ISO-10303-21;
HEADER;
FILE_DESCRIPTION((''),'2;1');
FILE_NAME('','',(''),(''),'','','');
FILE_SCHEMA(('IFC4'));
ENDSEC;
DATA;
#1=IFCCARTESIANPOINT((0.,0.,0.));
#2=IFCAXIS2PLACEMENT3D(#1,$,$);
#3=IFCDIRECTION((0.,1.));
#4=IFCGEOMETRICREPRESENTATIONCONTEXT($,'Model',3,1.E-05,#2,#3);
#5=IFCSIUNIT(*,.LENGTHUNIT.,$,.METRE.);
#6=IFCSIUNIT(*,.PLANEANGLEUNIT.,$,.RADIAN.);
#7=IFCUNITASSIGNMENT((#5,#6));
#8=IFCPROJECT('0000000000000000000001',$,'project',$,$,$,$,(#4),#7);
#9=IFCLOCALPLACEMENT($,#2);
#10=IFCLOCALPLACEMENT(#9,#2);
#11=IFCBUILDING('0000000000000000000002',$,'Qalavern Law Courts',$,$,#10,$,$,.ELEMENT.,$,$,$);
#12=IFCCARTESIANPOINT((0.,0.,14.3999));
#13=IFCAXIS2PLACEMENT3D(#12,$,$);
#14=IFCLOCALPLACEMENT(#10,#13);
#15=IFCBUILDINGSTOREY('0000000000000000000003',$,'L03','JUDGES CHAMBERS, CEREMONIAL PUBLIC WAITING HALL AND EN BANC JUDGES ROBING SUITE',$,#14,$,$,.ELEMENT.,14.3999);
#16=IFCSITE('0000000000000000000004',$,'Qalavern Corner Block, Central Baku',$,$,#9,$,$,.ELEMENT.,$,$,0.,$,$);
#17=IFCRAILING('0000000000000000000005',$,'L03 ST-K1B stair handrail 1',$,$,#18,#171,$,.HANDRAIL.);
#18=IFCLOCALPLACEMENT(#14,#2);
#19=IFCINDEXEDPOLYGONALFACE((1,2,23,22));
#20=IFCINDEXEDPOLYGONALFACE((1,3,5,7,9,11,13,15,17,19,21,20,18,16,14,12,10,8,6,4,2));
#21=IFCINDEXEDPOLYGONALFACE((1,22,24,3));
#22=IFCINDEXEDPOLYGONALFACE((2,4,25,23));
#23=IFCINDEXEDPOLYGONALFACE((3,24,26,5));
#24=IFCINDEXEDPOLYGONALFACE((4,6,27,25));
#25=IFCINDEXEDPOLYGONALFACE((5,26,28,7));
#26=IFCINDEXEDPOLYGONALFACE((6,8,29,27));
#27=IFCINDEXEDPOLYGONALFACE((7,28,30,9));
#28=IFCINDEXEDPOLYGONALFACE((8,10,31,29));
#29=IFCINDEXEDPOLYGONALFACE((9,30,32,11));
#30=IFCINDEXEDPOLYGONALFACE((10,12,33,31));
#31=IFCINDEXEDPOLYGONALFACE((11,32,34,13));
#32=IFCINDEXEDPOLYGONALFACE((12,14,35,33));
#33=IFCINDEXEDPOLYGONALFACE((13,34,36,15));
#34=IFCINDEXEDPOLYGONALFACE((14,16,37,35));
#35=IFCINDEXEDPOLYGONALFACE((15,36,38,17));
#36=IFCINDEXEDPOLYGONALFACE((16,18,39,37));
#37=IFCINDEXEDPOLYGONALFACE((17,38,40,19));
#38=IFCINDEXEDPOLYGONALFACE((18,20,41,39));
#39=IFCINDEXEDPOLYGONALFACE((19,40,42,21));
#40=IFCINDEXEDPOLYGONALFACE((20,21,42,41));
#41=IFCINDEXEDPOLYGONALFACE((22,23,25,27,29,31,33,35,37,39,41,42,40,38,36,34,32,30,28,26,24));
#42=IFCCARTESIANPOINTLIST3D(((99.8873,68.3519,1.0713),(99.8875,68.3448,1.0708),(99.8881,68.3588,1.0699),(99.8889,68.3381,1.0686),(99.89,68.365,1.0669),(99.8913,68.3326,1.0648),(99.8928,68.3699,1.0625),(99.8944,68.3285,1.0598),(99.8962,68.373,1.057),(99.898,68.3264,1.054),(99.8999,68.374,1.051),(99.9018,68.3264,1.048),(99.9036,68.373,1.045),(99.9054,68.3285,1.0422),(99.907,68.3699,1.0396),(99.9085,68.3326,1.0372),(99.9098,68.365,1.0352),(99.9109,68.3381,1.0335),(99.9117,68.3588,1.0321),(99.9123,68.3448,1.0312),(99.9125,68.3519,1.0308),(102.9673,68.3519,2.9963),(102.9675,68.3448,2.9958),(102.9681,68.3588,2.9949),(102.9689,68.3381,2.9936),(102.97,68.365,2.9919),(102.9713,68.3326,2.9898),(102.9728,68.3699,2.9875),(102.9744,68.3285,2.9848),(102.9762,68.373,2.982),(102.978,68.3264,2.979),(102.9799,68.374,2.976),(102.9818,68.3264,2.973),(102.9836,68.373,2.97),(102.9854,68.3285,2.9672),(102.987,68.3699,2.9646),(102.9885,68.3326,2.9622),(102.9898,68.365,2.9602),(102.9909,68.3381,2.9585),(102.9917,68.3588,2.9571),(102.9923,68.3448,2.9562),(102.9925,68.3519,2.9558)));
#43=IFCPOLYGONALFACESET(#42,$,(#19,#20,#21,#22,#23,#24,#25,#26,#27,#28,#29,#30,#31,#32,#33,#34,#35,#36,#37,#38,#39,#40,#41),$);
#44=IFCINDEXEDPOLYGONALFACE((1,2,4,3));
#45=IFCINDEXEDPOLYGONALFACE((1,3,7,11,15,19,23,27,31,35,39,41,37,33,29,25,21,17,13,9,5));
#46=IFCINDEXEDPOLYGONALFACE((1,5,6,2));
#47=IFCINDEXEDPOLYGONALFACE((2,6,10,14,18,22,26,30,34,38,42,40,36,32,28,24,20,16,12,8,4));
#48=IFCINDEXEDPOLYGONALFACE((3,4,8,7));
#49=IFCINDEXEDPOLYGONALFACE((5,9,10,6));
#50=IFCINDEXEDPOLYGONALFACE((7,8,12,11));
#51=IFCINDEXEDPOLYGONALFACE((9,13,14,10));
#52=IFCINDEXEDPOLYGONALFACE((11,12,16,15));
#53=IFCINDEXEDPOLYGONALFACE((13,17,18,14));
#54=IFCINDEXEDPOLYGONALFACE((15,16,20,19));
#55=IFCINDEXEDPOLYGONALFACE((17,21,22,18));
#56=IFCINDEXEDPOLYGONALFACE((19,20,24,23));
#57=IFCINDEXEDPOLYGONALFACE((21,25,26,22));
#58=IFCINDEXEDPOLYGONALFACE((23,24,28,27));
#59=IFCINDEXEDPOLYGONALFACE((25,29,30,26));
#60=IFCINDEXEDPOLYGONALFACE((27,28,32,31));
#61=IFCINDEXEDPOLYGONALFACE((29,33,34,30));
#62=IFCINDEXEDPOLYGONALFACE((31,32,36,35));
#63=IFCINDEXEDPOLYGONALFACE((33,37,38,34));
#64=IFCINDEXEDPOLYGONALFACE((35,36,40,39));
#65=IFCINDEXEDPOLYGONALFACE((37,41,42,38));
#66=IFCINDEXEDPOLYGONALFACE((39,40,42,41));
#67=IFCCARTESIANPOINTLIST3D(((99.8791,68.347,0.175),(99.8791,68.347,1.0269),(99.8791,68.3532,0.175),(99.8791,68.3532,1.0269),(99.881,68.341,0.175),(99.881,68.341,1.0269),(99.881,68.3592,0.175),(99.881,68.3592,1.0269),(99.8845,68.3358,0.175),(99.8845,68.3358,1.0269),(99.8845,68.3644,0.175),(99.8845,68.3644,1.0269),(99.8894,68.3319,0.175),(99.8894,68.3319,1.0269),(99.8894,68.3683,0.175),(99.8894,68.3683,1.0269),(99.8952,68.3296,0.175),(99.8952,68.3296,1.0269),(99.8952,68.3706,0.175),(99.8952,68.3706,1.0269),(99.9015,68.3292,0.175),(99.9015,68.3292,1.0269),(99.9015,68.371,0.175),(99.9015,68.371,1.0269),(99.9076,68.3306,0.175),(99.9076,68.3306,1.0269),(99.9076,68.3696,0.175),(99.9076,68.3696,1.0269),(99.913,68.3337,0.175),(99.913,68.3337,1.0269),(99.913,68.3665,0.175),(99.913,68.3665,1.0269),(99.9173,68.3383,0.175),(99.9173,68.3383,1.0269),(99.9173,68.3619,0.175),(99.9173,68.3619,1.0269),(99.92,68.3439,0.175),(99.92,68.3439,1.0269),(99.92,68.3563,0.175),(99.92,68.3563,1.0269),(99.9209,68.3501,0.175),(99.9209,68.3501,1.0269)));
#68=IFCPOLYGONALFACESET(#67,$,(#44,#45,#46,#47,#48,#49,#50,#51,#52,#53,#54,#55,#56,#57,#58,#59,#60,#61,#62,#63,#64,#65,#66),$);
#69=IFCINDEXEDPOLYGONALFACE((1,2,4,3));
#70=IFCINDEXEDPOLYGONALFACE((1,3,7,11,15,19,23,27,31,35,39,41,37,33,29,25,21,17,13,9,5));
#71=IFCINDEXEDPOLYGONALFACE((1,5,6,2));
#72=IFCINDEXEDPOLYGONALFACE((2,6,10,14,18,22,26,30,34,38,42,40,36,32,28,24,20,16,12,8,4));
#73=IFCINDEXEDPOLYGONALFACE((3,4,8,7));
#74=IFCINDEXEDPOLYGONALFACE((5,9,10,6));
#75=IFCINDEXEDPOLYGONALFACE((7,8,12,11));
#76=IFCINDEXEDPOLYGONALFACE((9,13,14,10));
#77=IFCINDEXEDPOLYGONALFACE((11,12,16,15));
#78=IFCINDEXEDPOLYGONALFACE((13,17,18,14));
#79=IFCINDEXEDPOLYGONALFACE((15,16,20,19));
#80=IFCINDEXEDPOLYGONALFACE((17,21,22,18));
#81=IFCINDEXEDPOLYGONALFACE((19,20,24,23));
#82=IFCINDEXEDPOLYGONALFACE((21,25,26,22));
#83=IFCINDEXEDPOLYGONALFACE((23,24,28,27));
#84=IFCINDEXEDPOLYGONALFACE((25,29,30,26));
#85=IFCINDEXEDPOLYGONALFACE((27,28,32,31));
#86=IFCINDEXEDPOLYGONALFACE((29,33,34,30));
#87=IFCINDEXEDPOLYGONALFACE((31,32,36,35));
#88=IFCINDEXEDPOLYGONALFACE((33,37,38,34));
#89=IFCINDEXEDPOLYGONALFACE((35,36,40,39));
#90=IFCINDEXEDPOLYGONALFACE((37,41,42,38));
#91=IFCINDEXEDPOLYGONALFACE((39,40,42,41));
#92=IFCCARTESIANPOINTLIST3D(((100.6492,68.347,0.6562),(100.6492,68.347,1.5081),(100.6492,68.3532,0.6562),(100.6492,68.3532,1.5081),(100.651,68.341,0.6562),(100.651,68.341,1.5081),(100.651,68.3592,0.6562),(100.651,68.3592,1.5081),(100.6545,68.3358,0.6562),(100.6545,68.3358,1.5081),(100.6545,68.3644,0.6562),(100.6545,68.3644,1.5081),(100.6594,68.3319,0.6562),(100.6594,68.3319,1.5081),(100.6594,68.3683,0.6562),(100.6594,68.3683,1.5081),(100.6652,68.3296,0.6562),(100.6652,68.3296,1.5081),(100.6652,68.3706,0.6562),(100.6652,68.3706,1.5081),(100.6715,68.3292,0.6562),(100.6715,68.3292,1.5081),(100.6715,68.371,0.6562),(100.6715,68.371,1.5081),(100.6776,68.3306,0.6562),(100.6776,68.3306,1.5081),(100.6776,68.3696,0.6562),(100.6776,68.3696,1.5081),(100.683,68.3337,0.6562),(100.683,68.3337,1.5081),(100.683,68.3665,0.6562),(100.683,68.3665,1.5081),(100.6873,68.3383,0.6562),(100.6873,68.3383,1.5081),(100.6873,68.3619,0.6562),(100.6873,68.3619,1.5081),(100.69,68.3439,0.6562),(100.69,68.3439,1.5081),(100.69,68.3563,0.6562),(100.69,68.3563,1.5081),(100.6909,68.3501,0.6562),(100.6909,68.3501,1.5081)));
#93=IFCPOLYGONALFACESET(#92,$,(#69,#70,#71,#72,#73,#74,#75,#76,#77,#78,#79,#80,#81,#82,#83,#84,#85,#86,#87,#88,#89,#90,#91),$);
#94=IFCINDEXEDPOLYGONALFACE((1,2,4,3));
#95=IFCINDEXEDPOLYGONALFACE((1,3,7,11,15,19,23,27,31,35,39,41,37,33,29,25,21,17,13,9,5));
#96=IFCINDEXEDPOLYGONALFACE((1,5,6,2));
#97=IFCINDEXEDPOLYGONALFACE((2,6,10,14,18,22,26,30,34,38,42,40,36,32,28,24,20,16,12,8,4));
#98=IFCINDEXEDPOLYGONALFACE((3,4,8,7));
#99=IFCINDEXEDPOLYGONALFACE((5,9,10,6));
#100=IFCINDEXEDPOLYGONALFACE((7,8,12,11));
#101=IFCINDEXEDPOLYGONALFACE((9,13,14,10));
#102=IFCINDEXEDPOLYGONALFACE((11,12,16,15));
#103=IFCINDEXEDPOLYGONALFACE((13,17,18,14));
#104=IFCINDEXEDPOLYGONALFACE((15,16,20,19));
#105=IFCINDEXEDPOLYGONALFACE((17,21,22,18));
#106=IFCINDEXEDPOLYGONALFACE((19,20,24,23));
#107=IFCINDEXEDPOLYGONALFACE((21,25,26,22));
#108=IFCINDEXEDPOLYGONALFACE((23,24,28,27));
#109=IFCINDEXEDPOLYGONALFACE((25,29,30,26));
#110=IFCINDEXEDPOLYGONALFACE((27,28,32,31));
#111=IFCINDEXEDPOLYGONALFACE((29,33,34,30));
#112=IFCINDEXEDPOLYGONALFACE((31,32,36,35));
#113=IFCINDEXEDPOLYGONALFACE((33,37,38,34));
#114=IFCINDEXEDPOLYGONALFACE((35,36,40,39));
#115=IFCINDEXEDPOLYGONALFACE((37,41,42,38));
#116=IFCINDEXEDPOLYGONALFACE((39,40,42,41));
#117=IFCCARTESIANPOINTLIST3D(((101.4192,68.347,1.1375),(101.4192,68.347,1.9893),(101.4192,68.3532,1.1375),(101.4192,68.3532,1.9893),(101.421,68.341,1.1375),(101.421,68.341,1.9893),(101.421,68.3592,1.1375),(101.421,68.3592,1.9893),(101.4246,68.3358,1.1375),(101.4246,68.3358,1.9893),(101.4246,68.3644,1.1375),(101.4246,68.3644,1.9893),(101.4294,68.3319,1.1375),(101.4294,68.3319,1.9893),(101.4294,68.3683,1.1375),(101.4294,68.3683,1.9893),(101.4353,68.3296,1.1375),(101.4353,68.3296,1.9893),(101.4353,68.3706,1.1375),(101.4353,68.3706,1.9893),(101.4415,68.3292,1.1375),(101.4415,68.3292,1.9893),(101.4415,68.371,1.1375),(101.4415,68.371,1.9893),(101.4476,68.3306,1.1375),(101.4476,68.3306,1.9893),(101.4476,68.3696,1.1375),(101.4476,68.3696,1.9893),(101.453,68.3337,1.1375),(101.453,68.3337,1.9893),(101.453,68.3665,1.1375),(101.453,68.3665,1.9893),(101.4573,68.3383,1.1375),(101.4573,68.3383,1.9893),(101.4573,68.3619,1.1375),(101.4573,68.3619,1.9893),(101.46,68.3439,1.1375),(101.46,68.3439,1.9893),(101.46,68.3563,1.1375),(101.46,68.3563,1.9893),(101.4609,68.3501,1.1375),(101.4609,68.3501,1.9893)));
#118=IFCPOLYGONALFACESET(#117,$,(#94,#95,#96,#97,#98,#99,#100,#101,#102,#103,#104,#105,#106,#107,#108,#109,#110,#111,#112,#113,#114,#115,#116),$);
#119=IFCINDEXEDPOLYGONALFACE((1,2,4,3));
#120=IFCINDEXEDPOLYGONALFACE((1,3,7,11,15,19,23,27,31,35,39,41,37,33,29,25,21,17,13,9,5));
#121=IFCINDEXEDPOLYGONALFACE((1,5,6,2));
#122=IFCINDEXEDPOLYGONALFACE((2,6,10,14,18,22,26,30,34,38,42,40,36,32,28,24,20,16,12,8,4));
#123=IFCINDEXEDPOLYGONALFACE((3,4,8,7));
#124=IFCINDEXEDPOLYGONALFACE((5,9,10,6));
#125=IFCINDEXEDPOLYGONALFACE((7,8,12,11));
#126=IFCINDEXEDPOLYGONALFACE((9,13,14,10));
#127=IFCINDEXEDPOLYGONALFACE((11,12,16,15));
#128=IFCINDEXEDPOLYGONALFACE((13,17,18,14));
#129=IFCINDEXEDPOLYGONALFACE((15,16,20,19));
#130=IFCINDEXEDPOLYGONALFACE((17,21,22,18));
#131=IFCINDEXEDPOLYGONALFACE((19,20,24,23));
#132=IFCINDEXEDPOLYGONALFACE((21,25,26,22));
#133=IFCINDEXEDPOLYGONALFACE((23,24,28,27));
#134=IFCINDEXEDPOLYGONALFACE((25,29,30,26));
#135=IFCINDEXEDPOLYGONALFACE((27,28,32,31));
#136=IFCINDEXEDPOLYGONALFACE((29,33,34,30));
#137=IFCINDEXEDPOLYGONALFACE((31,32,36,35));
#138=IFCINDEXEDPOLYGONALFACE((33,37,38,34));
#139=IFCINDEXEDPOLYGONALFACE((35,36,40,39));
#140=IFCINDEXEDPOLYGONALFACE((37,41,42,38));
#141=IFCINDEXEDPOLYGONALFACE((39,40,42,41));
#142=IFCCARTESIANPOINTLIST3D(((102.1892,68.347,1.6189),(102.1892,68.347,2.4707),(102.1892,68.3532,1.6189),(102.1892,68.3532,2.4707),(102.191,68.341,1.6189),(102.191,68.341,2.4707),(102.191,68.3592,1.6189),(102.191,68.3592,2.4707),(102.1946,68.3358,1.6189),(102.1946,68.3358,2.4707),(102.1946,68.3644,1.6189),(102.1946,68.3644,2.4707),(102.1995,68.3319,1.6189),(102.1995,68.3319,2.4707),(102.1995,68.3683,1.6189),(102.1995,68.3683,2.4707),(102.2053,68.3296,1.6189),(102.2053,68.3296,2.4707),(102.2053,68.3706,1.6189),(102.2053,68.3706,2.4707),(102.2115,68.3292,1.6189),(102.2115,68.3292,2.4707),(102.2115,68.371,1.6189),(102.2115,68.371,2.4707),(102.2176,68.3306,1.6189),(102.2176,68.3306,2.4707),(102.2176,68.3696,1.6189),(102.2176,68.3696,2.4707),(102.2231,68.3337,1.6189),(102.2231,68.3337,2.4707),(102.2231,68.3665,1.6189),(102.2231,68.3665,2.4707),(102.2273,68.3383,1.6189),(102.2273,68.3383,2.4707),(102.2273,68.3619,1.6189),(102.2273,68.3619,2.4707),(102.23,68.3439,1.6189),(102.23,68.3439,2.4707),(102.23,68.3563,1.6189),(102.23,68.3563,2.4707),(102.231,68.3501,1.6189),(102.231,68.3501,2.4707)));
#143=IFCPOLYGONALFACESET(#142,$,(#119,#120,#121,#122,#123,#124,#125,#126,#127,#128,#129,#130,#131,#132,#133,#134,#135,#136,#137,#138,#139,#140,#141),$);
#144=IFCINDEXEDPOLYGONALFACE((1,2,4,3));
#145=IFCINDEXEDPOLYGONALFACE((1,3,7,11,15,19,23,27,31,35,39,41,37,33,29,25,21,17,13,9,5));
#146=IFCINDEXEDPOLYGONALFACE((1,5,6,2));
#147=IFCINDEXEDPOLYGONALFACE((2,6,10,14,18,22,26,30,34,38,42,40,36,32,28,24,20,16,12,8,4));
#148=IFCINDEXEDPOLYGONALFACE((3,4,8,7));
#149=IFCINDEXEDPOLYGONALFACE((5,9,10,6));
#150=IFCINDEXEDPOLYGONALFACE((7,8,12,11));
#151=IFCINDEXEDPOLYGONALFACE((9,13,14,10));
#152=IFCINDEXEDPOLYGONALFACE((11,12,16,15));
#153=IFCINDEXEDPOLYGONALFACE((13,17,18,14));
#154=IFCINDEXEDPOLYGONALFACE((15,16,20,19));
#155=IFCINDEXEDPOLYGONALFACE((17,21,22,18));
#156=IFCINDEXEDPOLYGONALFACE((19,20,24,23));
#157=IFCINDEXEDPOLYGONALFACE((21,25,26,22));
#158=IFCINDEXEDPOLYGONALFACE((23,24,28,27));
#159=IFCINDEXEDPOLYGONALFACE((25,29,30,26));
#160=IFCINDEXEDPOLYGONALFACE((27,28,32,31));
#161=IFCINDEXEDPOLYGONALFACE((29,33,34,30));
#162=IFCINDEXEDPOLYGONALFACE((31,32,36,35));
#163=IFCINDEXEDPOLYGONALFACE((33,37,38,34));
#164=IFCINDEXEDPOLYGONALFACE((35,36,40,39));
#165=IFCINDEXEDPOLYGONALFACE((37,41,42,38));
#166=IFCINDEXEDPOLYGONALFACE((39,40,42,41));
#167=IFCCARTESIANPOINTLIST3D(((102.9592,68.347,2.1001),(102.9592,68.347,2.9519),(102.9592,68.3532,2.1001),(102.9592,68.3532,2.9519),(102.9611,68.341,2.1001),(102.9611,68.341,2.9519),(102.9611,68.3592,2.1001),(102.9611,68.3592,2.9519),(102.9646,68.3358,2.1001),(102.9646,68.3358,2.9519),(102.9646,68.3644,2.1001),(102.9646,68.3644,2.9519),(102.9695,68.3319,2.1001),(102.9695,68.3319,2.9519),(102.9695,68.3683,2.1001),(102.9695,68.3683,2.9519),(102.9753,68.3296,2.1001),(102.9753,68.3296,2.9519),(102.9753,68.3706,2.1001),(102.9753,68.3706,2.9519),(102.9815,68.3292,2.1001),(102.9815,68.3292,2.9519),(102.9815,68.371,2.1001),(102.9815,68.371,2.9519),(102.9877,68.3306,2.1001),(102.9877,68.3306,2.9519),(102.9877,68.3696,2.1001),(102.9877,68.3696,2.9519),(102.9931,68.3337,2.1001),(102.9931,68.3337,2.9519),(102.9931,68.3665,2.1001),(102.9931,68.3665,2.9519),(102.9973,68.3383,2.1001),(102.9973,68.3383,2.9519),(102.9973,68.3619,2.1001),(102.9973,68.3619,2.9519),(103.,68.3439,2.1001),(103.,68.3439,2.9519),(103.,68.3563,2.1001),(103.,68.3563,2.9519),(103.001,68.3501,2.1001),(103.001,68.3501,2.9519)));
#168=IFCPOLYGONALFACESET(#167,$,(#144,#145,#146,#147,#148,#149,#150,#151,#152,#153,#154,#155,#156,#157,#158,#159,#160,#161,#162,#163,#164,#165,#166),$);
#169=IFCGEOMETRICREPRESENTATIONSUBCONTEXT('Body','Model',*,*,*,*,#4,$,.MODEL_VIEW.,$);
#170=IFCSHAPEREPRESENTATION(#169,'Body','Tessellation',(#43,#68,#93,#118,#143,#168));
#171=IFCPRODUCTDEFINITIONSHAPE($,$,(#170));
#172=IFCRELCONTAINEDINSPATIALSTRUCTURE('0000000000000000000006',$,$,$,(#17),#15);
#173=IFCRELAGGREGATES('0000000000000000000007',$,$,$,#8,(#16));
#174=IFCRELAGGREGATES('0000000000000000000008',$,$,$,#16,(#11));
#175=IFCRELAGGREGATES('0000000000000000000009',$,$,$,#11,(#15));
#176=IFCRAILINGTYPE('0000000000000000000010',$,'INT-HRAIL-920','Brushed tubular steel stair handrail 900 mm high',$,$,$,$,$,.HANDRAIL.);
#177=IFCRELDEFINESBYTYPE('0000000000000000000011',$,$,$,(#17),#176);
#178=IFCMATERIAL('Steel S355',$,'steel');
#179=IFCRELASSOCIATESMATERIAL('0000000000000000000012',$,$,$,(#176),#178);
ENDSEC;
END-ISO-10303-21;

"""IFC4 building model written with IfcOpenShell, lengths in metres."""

from ifc_helpers import new_model, si_unit, direction, frame, origin, origin_2d, place, context, subcontext, project, spatial, circle, extrude, material, type_object, element, save


model = new_model("IFC4")

# Units and contexts
model_context = context("Model", 3, precision=1e-05, world=origin(), true_north=direction((0.0, 1.0)))
body_context = subcontext(model_context, "Body", "Model", "MODEL_VIEW")
ifc_project = project(units=[si_unit("LENGTHUNIT", "METRE"), si_unit("PLANEANGLEUNIT", "RADIAN")], contexts=[model_context])

# Site, building, storey
site_placement = place(None, origin())
site = spatial("IfcSite", under=ifc_project, at=site_placement, Name="Qalavern Corner Block, Central Baku", CompositionType="ELEMENT", RefElevation=0.0)
building_placement = place(site_placement, origin())
building = spatial("IfcBuilding", under=site, at=building_placement, Name="Qalavern Law Courts", CompositionType="ELEMENT")
storey_placement = place(building_placement, frame((0.0, 0.0, 14.3999)))
storey = spatial("IfcBuildingStorey", under=building, at=storey_placement, Name="L03", Description="JUDGES CHAMBERS, CEREMONIAL PUBLIC WAITING HALL AND EN BANC JUDGES ROBING SUITE", CompositionType="ELEMENT", Elevation=14.3999)

# Shared definitions
ifc_material_1 = material(Name="Steel S355", Category="steel")

# Railing
railing_type_1 = type_object("IfcRailingType", Name="INT-HRAIL-920", Description="Brushed tubular steel stair handrail 900 mm high", PredefinedType="HANDRAIL", material=ifc_material_1)
railing_1_placement = place(storey_placement, frame((99.8999, 68.3501, 0.175)))
element("IfcRailing", 1, at=railing_1_placement, inside=storey, type_object=railing_type_1, Name="L03 ST-K1B stair handrail 1", PredefinedType="HANDRAIL", context=body_context, shape_type="SweptSolid", body=[
    extrude(circle(Radius=0.0239, at=origin_2d()), frame((0.0, 0.0, 0.876), z_axis=(0.847998, 0.0, 0.529999), x_axis=(0.0, 1.0, 0.0)), (0.0, 0.0, 1.0), 3.6321),
    extrude(circle(Radius=0.021, at=origin_2d()), origin(), (0.0, 0.0, 1.0), 0.8518),
    extrude(circle(Radius=0.021, at=origin_2d()), frame((0.77, 0.0, 0.4812)), (0.0, 0.0, 1.0), 0.8518),
    extrude(circle(Radius=0.021, at=origin_2d()), frame((1.54, 0.0, 0.9624)), (0.0, 0.0, 1.0), 0.8518),
    extrude(circle(Radius=0.021, at=origin_2d()), frame((2.3101, 0.0, 1.4438)), (0.0, 0.0, 1.0), 0.8518),
    extrude(circle(Radius=0.021, at=origin_2d()), frame((3.0801, 0.0, 1.925)), (0.0, 0.0, 1.0), 0.8518),
])

save(model, "model.ifc")
